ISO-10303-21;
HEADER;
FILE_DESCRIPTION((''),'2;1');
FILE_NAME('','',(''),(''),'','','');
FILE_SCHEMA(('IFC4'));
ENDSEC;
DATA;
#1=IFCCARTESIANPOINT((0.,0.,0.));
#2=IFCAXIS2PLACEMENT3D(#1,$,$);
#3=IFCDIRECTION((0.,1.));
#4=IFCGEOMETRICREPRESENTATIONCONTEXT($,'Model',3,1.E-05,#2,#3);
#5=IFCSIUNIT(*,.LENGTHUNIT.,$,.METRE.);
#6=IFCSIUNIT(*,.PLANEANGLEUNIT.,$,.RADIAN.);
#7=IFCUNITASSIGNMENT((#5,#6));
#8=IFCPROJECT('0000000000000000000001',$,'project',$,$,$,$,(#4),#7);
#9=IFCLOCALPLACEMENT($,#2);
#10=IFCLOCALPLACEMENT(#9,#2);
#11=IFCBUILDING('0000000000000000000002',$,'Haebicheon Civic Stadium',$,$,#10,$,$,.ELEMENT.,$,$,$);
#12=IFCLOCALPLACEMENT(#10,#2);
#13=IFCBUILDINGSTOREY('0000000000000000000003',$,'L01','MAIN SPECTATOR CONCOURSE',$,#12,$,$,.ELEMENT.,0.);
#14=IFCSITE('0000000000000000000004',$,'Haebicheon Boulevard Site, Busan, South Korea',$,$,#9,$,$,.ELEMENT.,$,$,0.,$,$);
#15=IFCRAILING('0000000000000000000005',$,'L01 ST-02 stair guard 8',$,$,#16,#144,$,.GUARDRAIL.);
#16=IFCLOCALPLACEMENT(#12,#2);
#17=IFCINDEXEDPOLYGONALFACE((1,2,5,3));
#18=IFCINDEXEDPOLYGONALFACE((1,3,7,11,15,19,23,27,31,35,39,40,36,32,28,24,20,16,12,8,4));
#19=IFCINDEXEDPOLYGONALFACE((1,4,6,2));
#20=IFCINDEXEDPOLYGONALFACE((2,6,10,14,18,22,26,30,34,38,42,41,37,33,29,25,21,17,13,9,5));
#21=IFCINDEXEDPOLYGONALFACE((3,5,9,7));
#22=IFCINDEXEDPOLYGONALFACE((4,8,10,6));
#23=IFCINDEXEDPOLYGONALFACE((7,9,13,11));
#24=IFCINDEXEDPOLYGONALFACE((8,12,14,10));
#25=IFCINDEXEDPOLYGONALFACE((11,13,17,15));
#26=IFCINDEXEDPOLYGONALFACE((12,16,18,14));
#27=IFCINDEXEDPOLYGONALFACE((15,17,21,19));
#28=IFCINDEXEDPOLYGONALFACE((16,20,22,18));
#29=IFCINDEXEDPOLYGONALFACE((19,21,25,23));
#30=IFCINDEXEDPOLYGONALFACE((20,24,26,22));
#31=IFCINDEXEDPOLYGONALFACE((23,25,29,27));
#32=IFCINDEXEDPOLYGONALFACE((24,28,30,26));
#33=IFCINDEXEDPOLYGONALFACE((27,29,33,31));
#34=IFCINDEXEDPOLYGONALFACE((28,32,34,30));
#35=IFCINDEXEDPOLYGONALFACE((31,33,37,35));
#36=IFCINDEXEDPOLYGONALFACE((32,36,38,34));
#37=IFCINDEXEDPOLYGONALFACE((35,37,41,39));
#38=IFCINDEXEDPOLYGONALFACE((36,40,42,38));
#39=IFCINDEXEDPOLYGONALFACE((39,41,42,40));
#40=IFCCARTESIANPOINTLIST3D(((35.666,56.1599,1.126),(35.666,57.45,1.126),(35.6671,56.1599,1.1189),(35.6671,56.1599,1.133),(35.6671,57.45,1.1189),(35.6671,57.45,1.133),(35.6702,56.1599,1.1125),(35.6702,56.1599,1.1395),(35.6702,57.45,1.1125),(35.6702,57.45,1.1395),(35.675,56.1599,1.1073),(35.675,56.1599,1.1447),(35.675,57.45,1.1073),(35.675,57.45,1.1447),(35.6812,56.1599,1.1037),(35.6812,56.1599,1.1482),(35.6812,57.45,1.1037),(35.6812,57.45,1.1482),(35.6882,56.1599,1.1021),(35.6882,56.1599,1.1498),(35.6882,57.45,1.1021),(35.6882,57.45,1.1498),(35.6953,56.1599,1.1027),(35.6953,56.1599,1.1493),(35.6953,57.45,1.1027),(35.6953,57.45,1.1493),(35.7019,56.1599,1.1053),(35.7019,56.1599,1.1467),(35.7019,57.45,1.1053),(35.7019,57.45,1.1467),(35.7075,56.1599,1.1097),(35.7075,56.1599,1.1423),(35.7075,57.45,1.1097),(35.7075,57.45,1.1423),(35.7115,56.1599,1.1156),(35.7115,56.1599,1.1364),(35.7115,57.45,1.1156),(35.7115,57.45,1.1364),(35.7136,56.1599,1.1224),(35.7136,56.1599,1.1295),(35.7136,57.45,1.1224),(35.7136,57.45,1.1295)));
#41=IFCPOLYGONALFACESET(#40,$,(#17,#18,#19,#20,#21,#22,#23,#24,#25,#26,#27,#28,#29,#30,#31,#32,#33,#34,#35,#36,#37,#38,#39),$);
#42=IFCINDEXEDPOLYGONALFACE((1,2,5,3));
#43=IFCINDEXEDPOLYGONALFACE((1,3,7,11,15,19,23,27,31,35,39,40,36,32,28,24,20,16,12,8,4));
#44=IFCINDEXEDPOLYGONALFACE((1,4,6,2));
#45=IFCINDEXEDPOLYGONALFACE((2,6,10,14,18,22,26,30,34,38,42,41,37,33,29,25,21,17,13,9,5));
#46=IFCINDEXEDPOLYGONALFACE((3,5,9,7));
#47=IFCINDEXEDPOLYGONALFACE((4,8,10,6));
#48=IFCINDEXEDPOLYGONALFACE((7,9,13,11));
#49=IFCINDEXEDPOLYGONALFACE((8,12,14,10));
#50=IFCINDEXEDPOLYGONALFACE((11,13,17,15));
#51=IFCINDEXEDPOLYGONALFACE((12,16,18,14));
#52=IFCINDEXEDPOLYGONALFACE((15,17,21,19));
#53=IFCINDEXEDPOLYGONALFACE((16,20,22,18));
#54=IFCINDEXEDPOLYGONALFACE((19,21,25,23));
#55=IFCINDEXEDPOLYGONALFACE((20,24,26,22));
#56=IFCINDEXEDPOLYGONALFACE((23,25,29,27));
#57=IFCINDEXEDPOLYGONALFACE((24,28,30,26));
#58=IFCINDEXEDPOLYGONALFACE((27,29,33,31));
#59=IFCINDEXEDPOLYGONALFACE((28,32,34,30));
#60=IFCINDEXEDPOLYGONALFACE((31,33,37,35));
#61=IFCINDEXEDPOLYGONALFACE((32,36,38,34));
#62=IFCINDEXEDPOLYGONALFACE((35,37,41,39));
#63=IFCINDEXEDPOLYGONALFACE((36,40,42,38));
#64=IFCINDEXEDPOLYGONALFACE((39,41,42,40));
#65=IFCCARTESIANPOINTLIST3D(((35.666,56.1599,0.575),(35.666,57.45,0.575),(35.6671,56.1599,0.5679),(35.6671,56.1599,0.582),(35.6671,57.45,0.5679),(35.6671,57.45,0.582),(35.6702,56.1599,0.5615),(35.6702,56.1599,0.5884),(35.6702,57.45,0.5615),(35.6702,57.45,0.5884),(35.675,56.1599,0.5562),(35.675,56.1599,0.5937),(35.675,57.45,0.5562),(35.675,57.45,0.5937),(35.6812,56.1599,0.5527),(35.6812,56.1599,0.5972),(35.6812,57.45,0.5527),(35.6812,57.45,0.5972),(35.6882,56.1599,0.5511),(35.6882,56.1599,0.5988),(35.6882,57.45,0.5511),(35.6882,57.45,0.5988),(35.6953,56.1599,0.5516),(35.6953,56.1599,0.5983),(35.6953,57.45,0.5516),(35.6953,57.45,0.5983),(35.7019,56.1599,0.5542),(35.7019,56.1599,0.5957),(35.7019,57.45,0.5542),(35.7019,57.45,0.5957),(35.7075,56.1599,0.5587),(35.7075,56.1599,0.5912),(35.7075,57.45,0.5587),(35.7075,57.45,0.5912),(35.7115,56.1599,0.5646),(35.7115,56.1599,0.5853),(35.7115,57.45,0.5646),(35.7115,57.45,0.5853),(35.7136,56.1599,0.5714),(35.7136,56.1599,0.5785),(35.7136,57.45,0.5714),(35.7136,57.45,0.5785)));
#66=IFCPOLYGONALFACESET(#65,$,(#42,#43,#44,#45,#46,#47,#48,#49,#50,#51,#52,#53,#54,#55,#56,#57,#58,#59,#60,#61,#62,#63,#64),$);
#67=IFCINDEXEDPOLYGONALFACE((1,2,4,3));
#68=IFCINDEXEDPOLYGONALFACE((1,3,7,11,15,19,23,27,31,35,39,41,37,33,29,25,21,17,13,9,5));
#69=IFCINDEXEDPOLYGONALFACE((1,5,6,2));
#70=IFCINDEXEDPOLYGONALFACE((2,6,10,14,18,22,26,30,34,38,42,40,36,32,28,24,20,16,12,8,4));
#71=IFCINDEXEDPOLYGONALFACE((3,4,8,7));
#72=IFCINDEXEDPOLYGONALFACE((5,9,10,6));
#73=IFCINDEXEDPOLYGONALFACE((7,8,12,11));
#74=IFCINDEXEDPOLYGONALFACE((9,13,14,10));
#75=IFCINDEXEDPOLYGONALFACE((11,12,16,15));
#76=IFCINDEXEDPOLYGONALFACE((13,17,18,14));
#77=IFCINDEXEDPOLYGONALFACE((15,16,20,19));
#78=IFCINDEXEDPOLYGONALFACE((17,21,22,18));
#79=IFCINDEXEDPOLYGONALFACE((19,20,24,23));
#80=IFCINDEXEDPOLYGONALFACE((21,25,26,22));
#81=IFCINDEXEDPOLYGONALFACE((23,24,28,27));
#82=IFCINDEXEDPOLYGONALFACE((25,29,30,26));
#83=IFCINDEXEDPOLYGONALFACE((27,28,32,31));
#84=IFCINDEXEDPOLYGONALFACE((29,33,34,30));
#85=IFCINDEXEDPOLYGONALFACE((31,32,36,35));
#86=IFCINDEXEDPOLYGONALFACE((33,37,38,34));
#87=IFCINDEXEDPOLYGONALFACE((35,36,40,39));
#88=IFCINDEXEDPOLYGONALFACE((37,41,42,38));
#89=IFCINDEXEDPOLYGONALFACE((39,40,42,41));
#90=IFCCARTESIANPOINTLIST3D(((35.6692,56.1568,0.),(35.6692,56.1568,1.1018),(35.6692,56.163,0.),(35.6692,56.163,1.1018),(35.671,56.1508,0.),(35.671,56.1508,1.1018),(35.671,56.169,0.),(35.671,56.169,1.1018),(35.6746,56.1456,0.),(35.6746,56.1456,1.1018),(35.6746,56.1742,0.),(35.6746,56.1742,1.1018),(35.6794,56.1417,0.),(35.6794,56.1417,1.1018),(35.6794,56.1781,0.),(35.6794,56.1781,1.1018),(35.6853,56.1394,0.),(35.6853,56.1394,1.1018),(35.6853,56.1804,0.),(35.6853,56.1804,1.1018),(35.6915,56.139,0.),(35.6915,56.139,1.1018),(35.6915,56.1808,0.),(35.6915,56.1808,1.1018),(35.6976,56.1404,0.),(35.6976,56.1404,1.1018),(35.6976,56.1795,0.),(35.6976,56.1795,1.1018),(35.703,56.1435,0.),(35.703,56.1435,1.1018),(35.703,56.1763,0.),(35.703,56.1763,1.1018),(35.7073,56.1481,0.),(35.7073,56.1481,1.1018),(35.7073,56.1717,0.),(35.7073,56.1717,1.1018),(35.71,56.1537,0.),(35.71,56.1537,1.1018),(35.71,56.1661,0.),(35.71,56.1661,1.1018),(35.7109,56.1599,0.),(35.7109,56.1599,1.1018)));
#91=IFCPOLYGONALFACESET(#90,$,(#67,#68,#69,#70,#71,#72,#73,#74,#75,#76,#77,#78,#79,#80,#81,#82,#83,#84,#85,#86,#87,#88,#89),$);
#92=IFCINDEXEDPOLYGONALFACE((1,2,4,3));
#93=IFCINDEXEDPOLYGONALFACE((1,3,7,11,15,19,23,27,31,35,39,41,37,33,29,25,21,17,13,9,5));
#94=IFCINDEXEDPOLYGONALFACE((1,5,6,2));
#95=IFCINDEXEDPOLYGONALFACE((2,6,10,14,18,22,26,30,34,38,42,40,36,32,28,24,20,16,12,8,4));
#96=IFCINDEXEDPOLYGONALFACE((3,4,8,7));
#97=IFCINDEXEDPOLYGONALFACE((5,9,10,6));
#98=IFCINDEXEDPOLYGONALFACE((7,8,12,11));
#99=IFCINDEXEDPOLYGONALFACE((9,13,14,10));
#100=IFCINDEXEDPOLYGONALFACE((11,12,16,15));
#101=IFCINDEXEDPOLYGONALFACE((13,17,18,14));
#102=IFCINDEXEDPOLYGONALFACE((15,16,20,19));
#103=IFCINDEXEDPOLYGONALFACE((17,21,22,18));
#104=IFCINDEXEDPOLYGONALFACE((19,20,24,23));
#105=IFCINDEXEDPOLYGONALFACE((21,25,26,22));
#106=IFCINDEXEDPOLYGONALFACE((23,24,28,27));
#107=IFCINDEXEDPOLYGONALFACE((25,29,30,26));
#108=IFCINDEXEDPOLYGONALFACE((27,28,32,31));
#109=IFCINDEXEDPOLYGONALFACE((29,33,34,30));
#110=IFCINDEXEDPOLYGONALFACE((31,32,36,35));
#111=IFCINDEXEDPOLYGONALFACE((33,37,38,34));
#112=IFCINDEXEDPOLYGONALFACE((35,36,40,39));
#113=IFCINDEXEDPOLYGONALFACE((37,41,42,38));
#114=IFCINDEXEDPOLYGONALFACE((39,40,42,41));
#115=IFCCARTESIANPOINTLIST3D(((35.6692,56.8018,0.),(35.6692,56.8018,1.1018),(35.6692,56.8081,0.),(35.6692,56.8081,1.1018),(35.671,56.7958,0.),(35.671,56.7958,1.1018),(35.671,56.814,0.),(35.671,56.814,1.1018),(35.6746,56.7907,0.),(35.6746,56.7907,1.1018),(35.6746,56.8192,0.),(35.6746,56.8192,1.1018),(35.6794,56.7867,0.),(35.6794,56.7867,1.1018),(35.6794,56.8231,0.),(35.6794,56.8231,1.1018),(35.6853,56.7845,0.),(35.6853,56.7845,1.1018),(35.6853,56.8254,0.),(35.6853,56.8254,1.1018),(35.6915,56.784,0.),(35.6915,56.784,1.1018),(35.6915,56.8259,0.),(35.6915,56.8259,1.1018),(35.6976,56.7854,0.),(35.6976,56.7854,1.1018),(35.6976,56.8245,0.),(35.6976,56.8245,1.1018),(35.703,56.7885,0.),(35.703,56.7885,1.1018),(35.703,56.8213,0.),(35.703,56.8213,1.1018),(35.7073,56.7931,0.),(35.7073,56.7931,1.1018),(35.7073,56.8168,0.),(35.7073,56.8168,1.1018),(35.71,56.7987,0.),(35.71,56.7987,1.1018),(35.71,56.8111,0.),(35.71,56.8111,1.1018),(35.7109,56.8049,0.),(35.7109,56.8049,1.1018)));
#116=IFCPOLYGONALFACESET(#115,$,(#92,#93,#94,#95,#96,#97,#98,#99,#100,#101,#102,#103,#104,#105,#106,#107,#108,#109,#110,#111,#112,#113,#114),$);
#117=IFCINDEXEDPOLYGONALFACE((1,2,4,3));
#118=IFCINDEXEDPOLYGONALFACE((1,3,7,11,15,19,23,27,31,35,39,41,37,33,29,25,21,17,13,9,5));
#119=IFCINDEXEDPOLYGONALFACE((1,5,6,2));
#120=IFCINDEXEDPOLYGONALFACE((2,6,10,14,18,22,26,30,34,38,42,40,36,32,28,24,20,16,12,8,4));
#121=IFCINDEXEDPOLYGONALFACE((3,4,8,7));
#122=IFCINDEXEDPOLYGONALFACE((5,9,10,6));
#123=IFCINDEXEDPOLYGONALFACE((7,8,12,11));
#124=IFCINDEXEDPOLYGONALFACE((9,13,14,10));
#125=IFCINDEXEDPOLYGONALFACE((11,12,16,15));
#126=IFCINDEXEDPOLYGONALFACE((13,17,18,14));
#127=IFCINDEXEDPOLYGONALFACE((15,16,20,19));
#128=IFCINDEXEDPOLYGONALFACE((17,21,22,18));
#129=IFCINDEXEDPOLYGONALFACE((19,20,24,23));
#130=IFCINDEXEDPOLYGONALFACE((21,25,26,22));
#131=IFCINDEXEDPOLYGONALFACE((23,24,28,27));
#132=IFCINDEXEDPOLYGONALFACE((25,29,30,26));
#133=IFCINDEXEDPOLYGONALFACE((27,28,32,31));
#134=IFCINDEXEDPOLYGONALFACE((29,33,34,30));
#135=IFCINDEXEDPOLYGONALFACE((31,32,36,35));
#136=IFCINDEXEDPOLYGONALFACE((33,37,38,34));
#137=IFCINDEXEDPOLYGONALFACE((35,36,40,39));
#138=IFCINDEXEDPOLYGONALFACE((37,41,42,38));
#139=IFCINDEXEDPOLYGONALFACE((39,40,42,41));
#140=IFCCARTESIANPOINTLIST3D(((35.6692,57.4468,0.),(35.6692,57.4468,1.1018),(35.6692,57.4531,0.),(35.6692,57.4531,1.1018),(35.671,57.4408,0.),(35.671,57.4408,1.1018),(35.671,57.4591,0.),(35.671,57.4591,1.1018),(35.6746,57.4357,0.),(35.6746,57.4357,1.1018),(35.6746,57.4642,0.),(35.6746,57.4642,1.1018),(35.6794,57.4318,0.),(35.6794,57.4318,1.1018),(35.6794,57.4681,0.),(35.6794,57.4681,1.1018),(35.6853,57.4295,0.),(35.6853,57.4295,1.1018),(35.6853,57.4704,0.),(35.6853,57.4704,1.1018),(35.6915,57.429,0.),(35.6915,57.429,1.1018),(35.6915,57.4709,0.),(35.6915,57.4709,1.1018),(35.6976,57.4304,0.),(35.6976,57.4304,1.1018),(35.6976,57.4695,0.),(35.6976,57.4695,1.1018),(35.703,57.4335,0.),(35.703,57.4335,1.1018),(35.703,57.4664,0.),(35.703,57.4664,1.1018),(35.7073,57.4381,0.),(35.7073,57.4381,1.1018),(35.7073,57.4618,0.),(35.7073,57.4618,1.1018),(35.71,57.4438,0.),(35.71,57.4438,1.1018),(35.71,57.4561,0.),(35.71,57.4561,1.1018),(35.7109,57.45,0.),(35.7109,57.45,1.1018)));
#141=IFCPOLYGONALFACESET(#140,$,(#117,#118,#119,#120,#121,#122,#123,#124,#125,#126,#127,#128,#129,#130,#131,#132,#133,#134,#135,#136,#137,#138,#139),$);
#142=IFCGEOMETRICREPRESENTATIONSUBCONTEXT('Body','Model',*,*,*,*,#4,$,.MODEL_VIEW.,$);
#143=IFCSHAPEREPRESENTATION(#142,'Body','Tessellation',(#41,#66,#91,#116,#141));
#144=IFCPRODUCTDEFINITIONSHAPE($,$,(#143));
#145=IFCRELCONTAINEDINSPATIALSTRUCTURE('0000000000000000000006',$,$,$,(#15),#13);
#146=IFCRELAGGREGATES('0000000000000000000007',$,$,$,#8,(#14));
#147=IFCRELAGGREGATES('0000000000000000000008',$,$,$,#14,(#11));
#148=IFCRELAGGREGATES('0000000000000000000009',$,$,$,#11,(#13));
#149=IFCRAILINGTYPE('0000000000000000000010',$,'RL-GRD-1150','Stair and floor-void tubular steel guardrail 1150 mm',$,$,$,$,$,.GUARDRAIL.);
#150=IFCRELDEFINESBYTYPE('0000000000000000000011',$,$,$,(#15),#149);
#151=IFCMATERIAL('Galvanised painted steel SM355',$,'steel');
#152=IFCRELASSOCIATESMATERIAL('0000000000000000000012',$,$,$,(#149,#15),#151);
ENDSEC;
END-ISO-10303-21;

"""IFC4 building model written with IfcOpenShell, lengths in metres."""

from ifc_helpers import new_model, si_unit, direction, frame, origin, origin_2d, place, context, subcontext, project, spatial, circle, extrude, material, type_object, element, save


model = new_model("IFC4")

# Units and contexts
model_context = context("Model", 3, precision=1e-05, world=origin(), true_north=direction((0.0, 1.0)))
body_context = subcontext(model_context, "Body", "Model", "MODEL_VIEW")
ifc_project = project(units=[si_unit("LENGTHUNIT", "METRE"), si_unit("PLANEANGLEUNIT", "RADIAN")], contexts=[model_context])

# Site, building, storey
site_placement = place(None, origin())
site = spatial("IfcSite", under=ifc_project, at=site_placement, Name="Haebicheon Boulevard Site, Busan, South Korea", CompositionType="ELEMENT", RefElevation=0.0)
building_placement = place(site_placement, origin())
building = spatial("IfcBuilding", under=site, at=building_placement, Name="Haebicheon Civic Stadium", CompositionType="ELEMENT")
storey_placement = place(building_placement, origin())
storey = spatial("IfcBuildingStorey", under=building, at=storey_placement, Name="L01", Description="MAIN SPECTATOR CONCOURSE", CompositionType="ELEMENT", Elevation=0.0)

# Railing
ifc_material_1 = material(Name="Galvanised painted steel SM355", Category="steel")
railing_type_1 = type_object("IfcRailingType", Name="RL-GRD-1150", Description="Stair and floor-void tubular steel guardrail 1150 mm", PredefinedType="GUARDRAIL", material=ifc_material_1)
for number, where, name in (
    (1, (35.6899, 56.1599, 0.0), "L01 ST-02 stair guard 8"),
):
    element("IfcRailing", number, at=place(storey_placement, frame(where)), inside=storey, type_object=railing_type_1, material=ifc_material_1, Name=name, PredefinedType="GUARDRAIL", context=body_context, shape_type="SweptSolid", body=[
        extrude(circle(Radius=0.0239, at=origin_2d()), frame((0.0, 0.0, 1.126), z_axis=(0.0, 1.0, 0.0), x_axis=(-1.0, 0.0, 0.0)), (0.0, 0.0, 1.0), 1.29),
        extrude(circle(Radius=0.0239, at=origin_2d()), frame((0.0, 0.0, 0.575), z_axis=(0.0, 1.0, 0.0), x_axis=(-1.0, 0.0, 0.0)), (0.0, 0.0, 1.0), 1.29),
        extrude(circle(Radius=0.021, at=origin_2d()), origin(), (0.0, 0.0, 1.0), 1.1018),
        extrude(circle(Radius=0.021, at=origin_2d()), frame((0.0, 0.645, 0.0)), (0.0, 0.0, 1.0), 1.1018),
        extrude(circle(Radius=0.021, at=origin_2d()), frame((0.0, 1.29, 0.0)), (0.0, 0.0, 1.0), 1.1018),
    ])

save(model, "model.ifc")
